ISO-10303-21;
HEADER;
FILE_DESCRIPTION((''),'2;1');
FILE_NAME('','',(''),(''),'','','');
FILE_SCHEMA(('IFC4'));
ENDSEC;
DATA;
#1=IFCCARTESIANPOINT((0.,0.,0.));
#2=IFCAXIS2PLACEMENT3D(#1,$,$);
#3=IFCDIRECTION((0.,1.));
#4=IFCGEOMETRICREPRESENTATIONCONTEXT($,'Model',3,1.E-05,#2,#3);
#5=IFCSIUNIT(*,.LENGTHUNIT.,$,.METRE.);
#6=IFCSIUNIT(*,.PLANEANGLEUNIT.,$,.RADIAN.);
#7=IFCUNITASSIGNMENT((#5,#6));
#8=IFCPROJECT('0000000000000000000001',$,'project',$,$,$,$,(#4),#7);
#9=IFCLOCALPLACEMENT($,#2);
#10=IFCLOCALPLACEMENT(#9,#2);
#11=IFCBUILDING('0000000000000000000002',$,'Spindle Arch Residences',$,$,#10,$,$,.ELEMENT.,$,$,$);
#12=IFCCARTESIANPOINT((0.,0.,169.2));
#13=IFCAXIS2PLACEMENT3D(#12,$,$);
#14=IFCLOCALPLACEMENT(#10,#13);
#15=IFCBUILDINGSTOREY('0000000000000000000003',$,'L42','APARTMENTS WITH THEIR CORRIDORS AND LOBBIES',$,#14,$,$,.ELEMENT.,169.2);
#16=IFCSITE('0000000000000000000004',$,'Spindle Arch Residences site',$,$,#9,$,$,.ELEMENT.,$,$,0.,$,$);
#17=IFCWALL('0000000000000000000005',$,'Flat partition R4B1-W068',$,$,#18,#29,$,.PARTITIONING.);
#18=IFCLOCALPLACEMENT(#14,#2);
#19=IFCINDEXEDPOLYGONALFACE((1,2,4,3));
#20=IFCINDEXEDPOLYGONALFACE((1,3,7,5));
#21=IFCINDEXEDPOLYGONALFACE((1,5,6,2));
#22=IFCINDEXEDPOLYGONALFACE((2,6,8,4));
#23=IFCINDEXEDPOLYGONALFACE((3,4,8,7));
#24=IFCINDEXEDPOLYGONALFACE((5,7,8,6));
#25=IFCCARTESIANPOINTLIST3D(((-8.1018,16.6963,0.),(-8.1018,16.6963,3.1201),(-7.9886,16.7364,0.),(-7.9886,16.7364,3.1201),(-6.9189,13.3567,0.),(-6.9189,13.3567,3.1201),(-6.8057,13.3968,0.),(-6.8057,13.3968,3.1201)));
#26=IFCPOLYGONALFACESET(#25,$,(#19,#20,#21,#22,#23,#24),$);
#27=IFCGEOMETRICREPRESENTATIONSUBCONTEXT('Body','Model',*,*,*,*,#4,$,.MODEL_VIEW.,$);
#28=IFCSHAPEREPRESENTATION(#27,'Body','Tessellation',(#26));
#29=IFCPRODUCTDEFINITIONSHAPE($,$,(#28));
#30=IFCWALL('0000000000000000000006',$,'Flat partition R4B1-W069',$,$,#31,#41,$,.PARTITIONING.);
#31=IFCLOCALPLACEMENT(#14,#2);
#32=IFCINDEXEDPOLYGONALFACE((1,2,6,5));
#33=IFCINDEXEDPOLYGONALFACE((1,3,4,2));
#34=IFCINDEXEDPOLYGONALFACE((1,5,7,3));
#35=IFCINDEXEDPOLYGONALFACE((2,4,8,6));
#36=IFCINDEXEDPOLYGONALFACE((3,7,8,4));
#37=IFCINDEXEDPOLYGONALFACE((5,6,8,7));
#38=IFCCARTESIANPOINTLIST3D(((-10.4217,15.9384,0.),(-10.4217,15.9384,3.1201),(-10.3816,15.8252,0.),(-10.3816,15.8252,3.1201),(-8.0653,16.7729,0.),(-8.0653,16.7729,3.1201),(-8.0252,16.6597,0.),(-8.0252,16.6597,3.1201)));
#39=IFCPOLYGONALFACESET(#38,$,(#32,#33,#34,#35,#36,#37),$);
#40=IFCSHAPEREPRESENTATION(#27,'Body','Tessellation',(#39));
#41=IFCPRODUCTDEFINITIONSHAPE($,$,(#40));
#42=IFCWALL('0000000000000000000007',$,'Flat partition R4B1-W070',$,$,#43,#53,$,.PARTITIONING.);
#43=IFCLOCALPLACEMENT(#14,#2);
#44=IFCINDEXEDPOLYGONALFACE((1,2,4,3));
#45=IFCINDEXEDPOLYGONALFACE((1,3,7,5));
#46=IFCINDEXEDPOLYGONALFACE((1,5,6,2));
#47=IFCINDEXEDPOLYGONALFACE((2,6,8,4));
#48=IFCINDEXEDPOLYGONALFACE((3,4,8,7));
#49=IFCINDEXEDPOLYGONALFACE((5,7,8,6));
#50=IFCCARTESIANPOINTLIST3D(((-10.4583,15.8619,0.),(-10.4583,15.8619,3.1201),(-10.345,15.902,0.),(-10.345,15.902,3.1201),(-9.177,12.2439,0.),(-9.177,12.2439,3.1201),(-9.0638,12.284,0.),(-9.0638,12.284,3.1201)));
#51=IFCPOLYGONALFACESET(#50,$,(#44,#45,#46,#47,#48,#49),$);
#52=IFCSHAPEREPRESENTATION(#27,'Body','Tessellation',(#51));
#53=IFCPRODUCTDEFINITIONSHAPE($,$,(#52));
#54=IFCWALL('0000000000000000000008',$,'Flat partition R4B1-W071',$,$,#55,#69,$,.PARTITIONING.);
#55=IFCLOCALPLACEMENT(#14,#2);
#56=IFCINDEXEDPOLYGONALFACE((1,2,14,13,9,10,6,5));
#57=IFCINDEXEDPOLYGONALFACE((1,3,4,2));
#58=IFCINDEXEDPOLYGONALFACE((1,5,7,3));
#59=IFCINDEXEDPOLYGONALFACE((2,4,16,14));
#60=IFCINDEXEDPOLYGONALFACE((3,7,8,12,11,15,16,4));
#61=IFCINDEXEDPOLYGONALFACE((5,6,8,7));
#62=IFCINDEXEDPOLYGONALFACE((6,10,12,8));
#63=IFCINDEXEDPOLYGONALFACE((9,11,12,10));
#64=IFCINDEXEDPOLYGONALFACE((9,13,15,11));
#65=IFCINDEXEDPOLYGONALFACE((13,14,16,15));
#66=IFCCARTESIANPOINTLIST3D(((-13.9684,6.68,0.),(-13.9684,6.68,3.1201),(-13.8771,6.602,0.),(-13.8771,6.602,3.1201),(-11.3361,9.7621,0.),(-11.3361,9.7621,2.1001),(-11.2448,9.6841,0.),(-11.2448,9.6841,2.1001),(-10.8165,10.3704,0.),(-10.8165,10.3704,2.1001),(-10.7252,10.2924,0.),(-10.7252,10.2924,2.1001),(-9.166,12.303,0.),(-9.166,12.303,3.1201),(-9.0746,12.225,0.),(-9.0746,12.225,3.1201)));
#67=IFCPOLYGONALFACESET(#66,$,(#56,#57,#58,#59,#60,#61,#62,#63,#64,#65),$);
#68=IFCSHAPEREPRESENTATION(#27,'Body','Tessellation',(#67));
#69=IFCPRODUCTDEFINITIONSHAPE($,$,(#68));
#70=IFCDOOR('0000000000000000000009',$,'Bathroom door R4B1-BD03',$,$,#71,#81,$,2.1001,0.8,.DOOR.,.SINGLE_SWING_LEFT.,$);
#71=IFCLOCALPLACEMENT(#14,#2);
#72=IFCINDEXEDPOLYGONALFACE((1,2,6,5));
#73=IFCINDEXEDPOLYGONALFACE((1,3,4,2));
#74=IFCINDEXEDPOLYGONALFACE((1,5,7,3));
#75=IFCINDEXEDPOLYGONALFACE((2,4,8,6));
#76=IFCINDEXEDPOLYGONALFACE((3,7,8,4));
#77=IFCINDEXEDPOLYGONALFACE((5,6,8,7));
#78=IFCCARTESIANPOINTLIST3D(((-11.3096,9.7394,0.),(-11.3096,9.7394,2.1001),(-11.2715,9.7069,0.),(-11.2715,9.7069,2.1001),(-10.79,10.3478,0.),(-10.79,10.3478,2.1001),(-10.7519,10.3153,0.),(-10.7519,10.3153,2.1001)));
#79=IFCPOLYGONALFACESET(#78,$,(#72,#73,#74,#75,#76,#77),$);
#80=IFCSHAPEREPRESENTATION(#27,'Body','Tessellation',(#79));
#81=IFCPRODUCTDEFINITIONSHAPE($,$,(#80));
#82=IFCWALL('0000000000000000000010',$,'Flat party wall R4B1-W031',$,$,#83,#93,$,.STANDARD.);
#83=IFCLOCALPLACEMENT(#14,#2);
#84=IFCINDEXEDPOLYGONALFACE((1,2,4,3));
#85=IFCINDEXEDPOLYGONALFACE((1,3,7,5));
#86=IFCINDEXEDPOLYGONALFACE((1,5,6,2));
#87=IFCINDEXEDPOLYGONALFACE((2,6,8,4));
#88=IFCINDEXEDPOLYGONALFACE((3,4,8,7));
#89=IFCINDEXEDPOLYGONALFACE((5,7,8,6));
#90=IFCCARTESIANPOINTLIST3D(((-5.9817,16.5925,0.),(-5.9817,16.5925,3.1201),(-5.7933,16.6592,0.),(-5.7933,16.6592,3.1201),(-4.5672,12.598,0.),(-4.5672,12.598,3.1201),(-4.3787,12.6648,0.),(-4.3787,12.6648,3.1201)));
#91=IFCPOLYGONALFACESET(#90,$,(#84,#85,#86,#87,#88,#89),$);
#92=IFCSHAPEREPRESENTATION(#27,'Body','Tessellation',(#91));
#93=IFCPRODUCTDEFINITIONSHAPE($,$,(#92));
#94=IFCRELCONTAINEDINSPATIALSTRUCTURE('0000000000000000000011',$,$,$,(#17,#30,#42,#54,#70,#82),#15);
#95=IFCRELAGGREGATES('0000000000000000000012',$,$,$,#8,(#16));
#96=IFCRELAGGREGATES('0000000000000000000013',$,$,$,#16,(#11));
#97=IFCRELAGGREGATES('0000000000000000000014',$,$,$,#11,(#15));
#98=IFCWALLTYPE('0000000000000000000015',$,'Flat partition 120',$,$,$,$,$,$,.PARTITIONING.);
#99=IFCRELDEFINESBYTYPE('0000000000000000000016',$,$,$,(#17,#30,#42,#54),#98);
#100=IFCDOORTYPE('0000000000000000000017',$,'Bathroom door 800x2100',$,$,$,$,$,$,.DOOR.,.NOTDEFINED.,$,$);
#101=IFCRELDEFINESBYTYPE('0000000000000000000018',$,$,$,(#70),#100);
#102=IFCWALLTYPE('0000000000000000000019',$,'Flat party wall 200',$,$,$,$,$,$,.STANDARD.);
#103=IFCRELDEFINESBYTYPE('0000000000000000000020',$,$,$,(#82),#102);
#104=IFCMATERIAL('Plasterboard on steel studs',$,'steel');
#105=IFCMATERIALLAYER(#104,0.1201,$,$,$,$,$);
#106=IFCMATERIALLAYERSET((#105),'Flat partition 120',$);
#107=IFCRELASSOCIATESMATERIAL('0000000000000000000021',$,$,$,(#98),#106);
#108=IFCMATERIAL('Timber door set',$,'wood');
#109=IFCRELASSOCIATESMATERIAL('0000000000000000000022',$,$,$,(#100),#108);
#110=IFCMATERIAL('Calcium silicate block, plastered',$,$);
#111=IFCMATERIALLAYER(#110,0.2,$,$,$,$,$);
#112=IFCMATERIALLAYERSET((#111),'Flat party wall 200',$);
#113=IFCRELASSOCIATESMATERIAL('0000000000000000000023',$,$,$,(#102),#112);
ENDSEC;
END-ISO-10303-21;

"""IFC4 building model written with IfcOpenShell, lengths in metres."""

from ifc_helpers import new_model, si_unit, direction, frame, frame_2d, origin, place, context, subcontext, project, spatial, rectangle, extrude, material, layer, layer_set, type_object, element, fill, save


model = new_model("IFC4")

# Units and contexts
model_context = context("Model", 3, precision=1e-05, world=origin(), true_north=direction((0.0, 1.0)))
body_context = subcontext(model_context, "Body", "Model", "MODEL_VIEW")
ifc_project = project(units=[si_unit("LENGTHUNIT", "METRE"), si_unit("PLANEANGLEUNIT", "RADIAN")], contexts=[model_context])

# Site, building, storey
site_placement = place(None, origin())
site = spatial("IfcSite", under=ifc_project, at=site_placement, Name="Spindle Arch Residences site", CompositionType="ELEMENT", RefElevation=0.0)
building_placement = place(site_placement, origin())
building = spatial("IfcBuilding", under=site, at=building_placement, Name="Spindle Arch Residences", CompositionType="ELEMENT")
storey_placement = place(building_placement, frame((0.0, 0.0, 169.2)))
storey = spatial("IfcBuildingStorey", under=building, at=storey_placement, Name="L42", Description="APARTMENTS WITH THEIR CORRIDORS AND LOBBIES", CompositionType="ELEMENT", Elevation=169.2)

# Shared definitions
ifc_material_1 = material(Name="Plasterboard on steel studs", Category="steel")
ifc_layer_1 = layer(ifc_material_1, 0.1201)
ifc_layer_set_1 = layer_set([ifc_layer_1], Name="Flat partition 120")
wall_type_1 = type_object("IfcWallType", Name="Flat partition 120", PredefinedType="PARTITIONING", material=ifc_layer_set_1)

# Walls
wall_1_placement = place(storey_placement, frame((-6.8623, 13.3767, 0.0), z_axis=(0.0, 0.0, 1.0), x_axis=(-0.333869, 0.94262, 0.0)))
element("IfcWall", 1, at=wall_1_placement, inside=storey, type_object=wall_type_1, Name="Flat partition R4B1-W068", PredefinedType="PARTITIONING", context=body_context, shape_type="SweptSolid", body=[
    extrude(rectangle(XDim=3.543, YDim=0.1201, at=frame_2d((1.7715, 0.0))), origin(), (0.0, 0.0, 1.0), 3.1201),
])
wall_2_placement = place(storey_placement, frame((-8.0452, 16.7163, 0.0), z_axis=(0.0, 0.0, 1.0), x_axis=(-0.94264, -0.333811, 0.0)))
element("IfcWall", 2, at=wall_2_placement, inside=storey, type_object=wall_type_1, Name="Flat partition R4B1-W069", PredefinedType="PARTITIONING", context=body_context, shape_type="SweptSolid", body=[
    extrude(rectangle(XDim=2.4998, YDim=0.1201, at=frame_2d((1.25, 0.0))), origin(), (0.0, 0.0, 1.0), 3.1201),
])
wall_3_placement = place(storey_placement, frame((-10.4016, 15.8818, 0.0), z_axis=(0.0, 0.0, 1.0), x_axis=(0.333825, -0.942635, 0.0)))
element("IfcWall", 3, at=wall_3_placement, inside=storey, type_object=wall_type_1, Name="Flat partition R4B1-W070", PredefinedType="PARTITIONING", context=body_context, shape_type="SweptSolid", body=[
    extrude(rectangle(XDim=3.8381, YDim=0.1201, at=frame_2d((1.9189, 0.0))), origin(), (0.0, 0.0, 1.0), 3.1201),
])

# Wall, opening, door
wall_4_placement = place(storey_placement, frame((-9.1204, 12.2639, 0.0), z_axis=(0.0, 0.0, 1.0), x_axis=(-0.649444, -0.760409, 0.0)))
wall_4 = element("IfcWall", 4, at=wall_4_placement, inside=storey, type_object=wall_type_1, Name="Flat partition R4B1-W071", PredefinedType="PARTITIONING", context=body_context, shape_type="SweptSolid", body=[
    extrude(rectangle(XDim=7.3948, YDim=0.1201, at=frame_2d((3.6973, 0.0))), origin(), (0.0, 0.0, 1.0), 3.1201),
])
opening_1_placement = place(wall_4_placement, frame((2.5415, 0.0, 0.0)))
opening_1 = element("IfcOpeningElement", 5, at=opening_1_placement, cuts=wall_4, PredefinedType="OPENING", context=body_context, shape_type="SweptSolid", body=[
    extrude(rectangle(XDim=0.8, YDim=2.1001, at=frame_2d((0.3999, 1.05))), frame((0.0, 0.0701, 0.0), z_axis=(0.0, -1.0, 0.0), x_axis=(1.0, 0.0, 0.0)), (0.0, 0.0, 1.0), 0.1401),
])
ifc_material_2 = material(Name="Timber door set", Category="wood")
door_type_1 = type_object("IfcDoorType", Name="Bathroom door 800x2100", OperationType="NOTDEFINED", PredefinedType="DOOR", material=ifc_material_2)
door_1_placement = place(opening_1_placement, origin())
door_1 = element("IfcDoor", 6, at=door_1_placement, inside=storey, type_object=door_type_1, Name="Bathroom door R4B1-BD03", OperationType="SINGLE_SWING_LEFT", OverallHeight=2.1001, OverallWidth=0.8, PredefinedType="DOOR", context=body_context, shape_type="SweptSolid", body=[
    extrude(rectangle(XDim=0.8, YDim=2.1001, at=frame_2d((0.3999, 1.05))), frame((0.0, 0.0249, 0.0), z_axis=(0.0, -1.0, 0.0), x_axis=(1.0, 0.0, 0.0)), (0.0, 0.0, 1.0), 0.05),
])
fill(opening_1, door_1)

# Wall
ifc_material_3 = material(Name="Calcium silicate block, plastered")
ifc_layer_2 = layer(ifc_material_3, 0.2)
ifc_layer_set_2 = layer_set([ifc_layer_2], Name="Flat party wall 200")
wall_type_2 = type_object("IfcWallType", Name="Flat party wall 200", PredefinedType="STANDARD", material=ifc_layer_set_2)
wall_5_placement = place(storey_placement, frame((-5.8875, 16.6257, 0.0), z_axis=(0.0, 0.0, 1.0), x_axis=(0.33382, -0.942637, 0.0)))
element("IfcWall", 7, at=wall_5_placement, inside=storey, type_object=wall_type_2, Name="Flat party wall R4B1-W031", PredefinedType="STANDARD", context=body_context, shape_type="SweptSolid", body=[
    extrude(rectangle(XDim=4.2375, YDim=0.2, at=frame_2d((2.1187, 0.0))), origin(), (0.0, 0.0, 1.0), 3.1201),
])

save(model, "model.ifc")
